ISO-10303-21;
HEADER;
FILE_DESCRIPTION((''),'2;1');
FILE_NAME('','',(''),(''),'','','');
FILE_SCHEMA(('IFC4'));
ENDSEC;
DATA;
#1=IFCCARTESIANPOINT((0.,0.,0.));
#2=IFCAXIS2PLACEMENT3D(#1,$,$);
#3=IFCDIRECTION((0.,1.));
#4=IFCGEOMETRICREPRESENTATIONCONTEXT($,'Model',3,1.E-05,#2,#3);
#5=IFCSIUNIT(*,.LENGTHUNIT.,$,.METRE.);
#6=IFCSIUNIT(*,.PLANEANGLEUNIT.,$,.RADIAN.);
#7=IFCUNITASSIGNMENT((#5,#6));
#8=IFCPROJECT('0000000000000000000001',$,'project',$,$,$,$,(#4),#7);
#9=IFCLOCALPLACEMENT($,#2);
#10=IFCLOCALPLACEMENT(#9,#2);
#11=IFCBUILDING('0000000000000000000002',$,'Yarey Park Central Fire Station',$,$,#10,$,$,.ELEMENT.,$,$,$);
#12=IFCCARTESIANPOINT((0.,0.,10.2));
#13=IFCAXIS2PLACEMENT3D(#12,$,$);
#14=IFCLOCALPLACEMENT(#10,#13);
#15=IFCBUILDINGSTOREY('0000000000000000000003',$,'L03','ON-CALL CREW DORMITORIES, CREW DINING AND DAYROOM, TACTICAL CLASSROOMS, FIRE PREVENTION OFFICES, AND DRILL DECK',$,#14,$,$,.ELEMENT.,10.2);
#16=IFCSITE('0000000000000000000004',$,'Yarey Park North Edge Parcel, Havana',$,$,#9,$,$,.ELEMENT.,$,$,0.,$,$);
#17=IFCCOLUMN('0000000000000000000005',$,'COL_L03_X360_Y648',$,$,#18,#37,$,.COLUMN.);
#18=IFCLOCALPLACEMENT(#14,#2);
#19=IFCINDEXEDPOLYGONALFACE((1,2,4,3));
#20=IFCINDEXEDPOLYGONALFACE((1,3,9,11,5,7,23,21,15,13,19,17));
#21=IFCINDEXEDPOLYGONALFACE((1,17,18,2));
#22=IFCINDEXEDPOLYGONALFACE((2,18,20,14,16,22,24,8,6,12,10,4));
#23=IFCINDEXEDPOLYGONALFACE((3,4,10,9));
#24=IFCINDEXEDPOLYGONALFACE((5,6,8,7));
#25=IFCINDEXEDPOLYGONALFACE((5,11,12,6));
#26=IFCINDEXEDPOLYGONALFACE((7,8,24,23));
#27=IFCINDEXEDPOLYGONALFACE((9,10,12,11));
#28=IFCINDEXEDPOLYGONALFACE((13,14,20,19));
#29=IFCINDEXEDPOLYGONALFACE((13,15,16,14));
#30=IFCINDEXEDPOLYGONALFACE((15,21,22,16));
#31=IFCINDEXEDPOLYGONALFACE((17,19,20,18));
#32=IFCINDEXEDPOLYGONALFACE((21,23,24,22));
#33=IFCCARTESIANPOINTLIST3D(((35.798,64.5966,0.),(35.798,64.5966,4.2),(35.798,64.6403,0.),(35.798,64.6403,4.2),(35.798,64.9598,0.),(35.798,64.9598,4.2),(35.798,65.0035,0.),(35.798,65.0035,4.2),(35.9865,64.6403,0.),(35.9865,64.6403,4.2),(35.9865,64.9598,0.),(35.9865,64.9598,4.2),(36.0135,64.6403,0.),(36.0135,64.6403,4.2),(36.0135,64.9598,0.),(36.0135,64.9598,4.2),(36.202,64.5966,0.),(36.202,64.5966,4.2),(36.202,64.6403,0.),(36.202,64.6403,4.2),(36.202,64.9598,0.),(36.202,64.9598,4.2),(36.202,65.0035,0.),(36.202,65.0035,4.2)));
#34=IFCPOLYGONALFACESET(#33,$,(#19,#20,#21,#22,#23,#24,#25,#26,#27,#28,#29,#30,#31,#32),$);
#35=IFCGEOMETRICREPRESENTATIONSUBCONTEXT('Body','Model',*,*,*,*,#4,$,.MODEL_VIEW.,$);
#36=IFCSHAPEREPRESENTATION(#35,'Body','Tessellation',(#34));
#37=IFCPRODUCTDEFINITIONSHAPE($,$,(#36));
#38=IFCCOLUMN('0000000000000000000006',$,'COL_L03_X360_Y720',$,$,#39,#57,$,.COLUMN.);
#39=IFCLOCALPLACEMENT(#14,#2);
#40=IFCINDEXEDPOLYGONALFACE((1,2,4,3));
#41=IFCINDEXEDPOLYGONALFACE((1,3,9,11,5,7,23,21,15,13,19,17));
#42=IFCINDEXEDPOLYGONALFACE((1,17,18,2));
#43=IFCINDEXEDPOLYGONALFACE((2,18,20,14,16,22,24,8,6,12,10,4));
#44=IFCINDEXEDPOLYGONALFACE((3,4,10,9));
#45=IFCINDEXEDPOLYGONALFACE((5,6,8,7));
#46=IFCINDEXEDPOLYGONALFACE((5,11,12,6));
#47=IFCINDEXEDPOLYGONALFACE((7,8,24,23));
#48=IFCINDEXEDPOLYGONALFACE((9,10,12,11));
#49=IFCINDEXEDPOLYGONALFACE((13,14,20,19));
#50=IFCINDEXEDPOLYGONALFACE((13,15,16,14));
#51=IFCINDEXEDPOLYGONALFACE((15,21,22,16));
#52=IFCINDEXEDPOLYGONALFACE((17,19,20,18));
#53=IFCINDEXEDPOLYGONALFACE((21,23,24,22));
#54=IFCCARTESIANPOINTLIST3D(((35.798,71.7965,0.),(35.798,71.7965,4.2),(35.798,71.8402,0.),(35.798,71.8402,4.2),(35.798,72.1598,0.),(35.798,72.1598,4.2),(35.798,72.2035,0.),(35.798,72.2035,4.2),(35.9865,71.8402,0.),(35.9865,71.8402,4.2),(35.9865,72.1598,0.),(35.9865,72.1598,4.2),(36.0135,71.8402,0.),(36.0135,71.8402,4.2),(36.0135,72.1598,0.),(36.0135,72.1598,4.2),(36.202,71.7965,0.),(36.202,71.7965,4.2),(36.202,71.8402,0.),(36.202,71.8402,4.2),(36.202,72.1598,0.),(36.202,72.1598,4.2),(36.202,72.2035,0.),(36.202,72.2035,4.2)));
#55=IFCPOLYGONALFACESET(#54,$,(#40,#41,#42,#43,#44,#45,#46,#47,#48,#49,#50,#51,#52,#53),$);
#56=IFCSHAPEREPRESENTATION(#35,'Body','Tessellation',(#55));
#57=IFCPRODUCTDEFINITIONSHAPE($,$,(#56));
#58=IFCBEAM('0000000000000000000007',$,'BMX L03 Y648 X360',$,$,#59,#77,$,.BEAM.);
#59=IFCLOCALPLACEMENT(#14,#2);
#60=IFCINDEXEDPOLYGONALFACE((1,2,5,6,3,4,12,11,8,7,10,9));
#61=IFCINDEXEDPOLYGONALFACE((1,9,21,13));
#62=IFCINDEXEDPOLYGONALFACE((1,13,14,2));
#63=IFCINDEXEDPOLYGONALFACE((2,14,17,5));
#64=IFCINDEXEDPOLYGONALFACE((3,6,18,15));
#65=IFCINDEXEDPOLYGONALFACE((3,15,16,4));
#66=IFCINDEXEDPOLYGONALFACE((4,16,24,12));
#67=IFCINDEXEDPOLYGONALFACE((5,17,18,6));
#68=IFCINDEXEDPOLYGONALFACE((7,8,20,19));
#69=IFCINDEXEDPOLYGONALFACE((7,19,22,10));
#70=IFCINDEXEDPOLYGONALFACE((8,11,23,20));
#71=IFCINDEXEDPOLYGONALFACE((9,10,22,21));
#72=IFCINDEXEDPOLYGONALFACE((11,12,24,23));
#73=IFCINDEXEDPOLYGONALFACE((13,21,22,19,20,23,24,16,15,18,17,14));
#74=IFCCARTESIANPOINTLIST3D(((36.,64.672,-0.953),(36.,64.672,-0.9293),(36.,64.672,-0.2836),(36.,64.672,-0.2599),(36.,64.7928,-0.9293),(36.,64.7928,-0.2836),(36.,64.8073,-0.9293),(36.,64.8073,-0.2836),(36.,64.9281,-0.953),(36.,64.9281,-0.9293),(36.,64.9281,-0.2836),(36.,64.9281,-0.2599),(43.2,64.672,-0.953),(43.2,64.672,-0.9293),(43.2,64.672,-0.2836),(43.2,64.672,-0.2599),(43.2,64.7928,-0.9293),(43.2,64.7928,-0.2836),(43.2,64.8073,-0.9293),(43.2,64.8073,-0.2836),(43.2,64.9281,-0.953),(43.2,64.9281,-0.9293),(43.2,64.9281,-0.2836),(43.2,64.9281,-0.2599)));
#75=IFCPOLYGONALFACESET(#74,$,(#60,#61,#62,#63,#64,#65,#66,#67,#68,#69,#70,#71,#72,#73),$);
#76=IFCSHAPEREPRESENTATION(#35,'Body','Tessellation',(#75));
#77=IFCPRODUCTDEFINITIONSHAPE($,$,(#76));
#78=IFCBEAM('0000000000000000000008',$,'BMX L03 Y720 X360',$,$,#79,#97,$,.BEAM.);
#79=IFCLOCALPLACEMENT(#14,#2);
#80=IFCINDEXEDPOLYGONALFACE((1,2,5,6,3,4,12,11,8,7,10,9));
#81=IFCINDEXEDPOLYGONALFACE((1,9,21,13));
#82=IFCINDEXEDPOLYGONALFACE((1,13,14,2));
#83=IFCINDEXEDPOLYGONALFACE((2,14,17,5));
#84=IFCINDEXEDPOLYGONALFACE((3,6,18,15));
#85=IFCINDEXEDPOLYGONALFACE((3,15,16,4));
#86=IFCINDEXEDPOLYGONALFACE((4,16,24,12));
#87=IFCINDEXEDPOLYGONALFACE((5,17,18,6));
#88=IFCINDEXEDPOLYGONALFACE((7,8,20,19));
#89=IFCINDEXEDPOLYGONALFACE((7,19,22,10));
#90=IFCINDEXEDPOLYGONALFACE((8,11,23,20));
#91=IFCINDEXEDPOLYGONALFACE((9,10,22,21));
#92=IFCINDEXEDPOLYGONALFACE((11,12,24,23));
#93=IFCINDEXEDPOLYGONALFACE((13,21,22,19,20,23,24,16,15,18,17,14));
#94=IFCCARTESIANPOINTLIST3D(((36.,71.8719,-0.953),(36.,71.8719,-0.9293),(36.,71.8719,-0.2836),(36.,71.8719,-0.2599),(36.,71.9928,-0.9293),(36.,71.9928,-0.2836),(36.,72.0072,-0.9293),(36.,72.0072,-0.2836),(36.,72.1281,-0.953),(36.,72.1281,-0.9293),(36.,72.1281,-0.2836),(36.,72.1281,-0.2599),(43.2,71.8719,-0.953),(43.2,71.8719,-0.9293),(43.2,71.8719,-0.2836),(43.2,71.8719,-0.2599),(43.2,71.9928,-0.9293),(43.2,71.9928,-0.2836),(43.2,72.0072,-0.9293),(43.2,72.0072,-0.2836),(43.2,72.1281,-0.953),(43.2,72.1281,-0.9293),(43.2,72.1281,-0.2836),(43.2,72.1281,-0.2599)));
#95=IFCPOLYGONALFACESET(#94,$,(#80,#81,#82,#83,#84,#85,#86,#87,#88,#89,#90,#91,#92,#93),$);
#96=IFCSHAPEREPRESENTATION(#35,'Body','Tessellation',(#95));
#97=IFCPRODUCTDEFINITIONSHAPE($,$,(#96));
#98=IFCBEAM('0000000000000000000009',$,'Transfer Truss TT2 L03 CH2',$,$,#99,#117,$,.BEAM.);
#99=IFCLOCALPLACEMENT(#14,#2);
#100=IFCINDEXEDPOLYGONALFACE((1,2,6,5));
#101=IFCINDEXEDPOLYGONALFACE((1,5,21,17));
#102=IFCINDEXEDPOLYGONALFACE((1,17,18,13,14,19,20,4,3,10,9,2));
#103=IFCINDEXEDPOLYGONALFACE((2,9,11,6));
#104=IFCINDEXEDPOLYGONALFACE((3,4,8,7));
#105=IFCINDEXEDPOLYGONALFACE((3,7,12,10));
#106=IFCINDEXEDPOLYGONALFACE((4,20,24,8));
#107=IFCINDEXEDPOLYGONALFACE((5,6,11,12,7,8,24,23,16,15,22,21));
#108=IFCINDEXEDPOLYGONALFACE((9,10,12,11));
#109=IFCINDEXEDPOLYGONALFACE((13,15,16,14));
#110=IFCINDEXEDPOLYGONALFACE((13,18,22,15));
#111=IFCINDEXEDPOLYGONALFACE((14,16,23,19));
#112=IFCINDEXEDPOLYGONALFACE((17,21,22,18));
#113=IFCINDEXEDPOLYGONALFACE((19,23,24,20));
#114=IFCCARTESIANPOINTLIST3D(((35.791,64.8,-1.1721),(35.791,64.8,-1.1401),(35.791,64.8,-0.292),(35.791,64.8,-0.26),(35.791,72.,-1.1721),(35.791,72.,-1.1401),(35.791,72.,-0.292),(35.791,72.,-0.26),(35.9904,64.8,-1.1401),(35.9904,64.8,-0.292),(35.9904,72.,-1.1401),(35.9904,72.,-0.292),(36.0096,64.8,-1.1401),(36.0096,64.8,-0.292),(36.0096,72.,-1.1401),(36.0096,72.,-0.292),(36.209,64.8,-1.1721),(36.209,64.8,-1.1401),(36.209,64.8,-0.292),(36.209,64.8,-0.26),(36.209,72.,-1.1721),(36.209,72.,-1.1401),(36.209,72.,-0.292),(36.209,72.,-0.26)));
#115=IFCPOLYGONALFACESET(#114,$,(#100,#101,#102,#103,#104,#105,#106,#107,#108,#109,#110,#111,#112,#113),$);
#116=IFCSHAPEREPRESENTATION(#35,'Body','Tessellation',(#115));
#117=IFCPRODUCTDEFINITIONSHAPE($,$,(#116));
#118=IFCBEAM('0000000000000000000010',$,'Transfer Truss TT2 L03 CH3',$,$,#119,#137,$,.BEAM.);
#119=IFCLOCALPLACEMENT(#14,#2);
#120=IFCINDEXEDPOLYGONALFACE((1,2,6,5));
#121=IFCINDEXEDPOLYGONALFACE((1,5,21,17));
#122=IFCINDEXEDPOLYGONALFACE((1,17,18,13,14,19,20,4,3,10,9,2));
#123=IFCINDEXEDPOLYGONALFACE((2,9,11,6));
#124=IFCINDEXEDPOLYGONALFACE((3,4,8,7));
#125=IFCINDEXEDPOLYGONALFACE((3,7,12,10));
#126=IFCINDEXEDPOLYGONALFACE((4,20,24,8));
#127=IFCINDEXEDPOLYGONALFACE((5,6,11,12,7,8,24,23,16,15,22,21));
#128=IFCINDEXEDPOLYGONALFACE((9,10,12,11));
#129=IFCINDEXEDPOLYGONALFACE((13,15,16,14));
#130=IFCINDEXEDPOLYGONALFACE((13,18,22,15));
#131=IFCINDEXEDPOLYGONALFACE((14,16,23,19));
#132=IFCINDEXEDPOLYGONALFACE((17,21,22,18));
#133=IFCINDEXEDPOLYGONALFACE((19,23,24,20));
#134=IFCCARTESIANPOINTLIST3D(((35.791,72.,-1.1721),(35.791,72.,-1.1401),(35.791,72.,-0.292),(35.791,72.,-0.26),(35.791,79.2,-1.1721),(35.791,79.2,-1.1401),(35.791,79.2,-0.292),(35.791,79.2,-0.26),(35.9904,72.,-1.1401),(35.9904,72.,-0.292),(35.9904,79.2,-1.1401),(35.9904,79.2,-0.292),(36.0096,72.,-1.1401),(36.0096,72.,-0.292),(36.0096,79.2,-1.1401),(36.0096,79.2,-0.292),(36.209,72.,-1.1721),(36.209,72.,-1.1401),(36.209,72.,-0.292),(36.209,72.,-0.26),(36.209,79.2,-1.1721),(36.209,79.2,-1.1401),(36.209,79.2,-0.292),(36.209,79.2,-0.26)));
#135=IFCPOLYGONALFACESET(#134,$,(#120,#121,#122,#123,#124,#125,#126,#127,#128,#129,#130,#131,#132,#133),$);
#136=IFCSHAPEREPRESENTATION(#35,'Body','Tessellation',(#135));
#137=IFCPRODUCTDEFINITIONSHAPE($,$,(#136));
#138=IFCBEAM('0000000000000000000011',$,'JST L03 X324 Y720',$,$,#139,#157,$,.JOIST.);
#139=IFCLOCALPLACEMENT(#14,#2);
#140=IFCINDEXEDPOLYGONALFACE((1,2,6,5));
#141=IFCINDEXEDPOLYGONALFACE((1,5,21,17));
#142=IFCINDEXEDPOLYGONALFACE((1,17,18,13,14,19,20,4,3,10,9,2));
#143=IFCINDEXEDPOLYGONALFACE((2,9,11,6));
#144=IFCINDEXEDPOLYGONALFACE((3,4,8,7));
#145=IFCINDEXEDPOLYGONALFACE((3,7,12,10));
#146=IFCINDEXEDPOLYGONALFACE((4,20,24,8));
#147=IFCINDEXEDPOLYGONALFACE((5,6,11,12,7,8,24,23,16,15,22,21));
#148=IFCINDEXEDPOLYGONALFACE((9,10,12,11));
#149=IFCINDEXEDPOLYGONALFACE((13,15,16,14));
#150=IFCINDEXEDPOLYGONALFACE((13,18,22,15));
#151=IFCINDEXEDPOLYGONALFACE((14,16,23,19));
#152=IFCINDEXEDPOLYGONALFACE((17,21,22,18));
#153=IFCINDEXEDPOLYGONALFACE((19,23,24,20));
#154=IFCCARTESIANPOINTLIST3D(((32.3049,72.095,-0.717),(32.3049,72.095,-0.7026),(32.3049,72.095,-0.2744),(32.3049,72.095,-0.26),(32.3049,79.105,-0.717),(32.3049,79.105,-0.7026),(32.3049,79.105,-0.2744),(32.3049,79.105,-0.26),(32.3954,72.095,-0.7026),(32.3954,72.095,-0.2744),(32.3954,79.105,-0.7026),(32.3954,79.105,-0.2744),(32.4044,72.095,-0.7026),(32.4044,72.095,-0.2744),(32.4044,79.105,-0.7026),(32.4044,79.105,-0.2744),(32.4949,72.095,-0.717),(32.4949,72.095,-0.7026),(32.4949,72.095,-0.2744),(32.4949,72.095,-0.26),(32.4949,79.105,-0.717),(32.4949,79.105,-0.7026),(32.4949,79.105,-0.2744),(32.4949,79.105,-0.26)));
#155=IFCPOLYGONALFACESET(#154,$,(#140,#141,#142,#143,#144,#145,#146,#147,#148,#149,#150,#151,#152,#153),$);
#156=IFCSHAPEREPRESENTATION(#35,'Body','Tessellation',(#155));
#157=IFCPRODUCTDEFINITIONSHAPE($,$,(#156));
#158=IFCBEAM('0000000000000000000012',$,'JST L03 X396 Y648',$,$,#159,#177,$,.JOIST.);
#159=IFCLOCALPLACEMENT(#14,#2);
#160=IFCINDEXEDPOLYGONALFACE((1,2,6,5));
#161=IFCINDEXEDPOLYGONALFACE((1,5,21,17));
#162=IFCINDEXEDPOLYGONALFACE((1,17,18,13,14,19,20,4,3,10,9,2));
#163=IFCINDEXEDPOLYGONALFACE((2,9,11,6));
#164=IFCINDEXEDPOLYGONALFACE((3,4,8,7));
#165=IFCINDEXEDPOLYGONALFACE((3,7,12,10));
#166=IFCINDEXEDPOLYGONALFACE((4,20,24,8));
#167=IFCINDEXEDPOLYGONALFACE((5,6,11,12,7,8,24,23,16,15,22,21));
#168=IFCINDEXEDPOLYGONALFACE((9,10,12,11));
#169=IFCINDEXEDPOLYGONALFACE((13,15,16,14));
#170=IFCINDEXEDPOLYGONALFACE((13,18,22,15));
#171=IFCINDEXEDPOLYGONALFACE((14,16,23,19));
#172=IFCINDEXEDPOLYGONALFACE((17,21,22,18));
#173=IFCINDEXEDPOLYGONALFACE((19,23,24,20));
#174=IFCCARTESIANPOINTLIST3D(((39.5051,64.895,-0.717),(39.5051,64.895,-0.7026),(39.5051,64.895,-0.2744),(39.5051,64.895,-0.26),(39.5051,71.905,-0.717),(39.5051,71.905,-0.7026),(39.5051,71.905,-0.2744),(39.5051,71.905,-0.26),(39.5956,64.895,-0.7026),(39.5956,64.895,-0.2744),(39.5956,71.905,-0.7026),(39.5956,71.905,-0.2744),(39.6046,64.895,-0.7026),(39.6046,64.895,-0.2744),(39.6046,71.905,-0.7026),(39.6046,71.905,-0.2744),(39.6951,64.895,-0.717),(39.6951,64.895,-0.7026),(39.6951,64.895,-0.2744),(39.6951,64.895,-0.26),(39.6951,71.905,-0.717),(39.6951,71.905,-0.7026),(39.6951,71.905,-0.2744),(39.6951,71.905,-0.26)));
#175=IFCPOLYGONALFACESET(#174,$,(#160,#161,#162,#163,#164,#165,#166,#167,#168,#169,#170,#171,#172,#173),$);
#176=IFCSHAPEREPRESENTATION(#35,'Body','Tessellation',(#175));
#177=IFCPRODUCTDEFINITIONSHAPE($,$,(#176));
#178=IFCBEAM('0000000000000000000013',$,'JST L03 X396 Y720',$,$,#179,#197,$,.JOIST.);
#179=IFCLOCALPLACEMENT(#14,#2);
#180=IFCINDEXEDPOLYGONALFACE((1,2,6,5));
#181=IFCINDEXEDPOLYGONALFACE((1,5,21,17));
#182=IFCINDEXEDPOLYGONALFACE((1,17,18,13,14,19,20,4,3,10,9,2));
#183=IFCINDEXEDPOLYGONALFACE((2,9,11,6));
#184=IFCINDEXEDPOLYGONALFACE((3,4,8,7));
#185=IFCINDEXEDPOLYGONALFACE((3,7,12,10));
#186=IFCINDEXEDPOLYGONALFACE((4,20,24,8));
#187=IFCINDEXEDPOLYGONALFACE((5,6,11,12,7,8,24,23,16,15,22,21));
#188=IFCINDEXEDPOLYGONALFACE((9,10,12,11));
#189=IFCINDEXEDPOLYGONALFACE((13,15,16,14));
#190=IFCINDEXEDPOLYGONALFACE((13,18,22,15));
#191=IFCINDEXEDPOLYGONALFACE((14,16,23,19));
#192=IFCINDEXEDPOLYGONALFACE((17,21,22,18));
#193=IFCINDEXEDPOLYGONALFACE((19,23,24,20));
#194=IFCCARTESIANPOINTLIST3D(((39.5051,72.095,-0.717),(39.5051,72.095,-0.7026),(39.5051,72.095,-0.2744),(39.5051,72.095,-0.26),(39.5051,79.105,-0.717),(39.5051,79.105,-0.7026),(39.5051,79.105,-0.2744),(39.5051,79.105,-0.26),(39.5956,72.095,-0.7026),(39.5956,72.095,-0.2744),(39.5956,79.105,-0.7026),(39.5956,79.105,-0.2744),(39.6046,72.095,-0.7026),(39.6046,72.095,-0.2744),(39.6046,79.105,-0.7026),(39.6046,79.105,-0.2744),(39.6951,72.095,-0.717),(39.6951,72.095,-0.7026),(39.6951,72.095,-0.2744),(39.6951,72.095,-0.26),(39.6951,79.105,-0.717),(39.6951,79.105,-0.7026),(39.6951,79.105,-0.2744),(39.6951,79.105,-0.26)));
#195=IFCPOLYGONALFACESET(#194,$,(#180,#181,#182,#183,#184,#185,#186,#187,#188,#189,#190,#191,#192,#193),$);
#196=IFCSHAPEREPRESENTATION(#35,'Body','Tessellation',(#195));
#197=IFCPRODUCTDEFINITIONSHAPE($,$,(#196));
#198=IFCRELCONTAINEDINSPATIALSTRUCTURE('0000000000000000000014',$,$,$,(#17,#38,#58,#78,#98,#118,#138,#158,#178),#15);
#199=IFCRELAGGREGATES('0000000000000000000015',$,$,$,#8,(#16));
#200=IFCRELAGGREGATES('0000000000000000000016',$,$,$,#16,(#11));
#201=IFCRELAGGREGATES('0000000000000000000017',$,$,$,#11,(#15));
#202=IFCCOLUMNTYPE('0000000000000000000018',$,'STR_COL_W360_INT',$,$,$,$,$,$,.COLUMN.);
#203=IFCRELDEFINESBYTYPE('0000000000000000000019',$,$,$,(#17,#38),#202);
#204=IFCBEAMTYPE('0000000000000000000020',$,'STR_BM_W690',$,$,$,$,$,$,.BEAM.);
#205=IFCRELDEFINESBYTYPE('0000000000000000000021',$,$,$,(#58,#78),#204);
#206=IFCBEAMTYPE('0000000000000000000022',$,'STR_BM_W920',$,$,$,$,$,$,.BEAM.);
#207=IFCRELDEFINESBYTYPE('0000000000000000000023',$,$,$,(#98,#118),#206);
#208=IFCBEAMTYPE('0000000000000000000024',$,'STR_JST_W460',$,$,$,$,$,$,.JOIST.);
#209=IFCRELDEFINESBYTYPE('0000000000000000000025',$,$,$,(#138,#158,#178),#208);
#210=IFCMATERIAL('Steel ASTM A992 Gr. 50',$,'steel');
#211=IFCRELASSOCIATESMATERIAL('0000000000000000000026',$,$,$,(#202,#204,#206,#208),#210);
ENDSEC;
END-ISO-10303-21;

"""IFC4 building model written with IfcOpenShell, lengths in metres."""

from ifc_helpers import new_model, si_unit, direction, frame, origin, origin_2d, place, context, subcontext, project, spatial, i_section, extrude, material, material_profile, profile_set, type_object, element, save


model = new_model("IFC4")

# Units and contexts
model_context = context("Model", 3, precision=1e-05, world=origin(), true_north=direction((0.0, 1.0)))
body_context = subcontext(model_context, "Body", "Model", "MODEL_VIEW")
ifc_project = project(units=[si_unit("LENGTHUNIT", "METRE"), si_unit("PLANEANGLEUNIT", "RADIAN")], contexts=[model_context])

# Site, building, storey
site_placement = place(None, origin())
site = spatial("IfcSite", under=ifc_project, at=site_placement, Name="Yarey Park North Edge Parcel, Havana", CompositionType="ELEMENT", RefElevation=0.0)
building_placement = place(site_placement, origin())
building = spatial("IfcBuilding", under=site, at=building_placement, Name="Yarey Park Central Fire Station", CompositionType="ELEMENT")
storey_placement = place(building_placement, frame((0.0, 0.0, 10.2)))
storey = spatial("IfcBuildingStorey", under=building, at=storey_placement, Name="L03", Description="ON-CALL CREW DORMITORIES, CREW DINING AND DAYROOM, TACTICAL CLASSROOMS, FIRE PREVENTION OFFICES, AND DRILL DECK", CompositionType="ELEMENT", Elevation=10.2)

# Columns
ifc_material_1 = material(Name="Steel ASTM A992 Gr. 50", Category="steel")
ifc_material_profile_1 = material_profile(ifc_material_1, i_section(OverallWidth=0.4041, OverallDepth=0.407, WebThickness=0.0271, FlangeThickness=0.0437, at=origin_2d()), Name="W360x347")
ifc_profile_set_1 = profile_set([ifc_material_profile_1], Name="Steel ASTM A992 Gr. 50")
column_type = type_object("IfcColumnType", Name="STR_COL_W360_INT", PredefinedType="COLUMN", material=ifc_profile_set_1)
for number, where, z_axis, x_axis, name in (
    (1, (36.0, 64.8, 0.0), (0.0, 0.0, 1.0), (1.0, 0.0, 0.0), "COL_L03_X360_Y648"),
    (2, (36.0, 72.0, 0.0), (0.0, 0.0, 1.0), (1.0, 0.0, 0.0), "COL_L03_X360_Y720"),
):
    element("IfcColumn", number, at=place(storey_placement, frame(where, z_axis=z_axis, x_axis=x_axis)), inside=storey, type_object=column_type, Name=name, PredefinedType="COLUMN", context=body_context, shape_type="SweptSolid", body=[
        extrude(i_section(OverallWidth=0.4041, OverallDepth=0.407, WebThickness=0.0271, FlangeThickness=0.0437, at=origin_2d()), origin(), (0.0, 0.0, 1.0), 4.2),
    ])

# Beams
ifc_material_profile_2 = material_profile(ifc_material_1, i_section(OverallWidth=0.2561, OverallDepth=0.6931, WebThickness=0.0144, FlangeThickness=0.0237, at=origin_2d()), Name="W690x170")
ifc_profile_set_2 = profile_set([ifc_material_profile_2], Name="Steel ASTM A992 Gr. 50")
beam_type_1 = type_object("IfcBeamType", Name="STR_BM_W690", PredefinedType="BEAM", material=ifc_profile_set_2)
for number, where, z_axis, x_axis, name in (
    (3, (36.0, 64.8, -0.6064), (1.0, 0.0, 0.0), (0.0, 1.0, 0.0), "BMX L03 Y648 X360"),
    (4, (36.0, 72.0, -0.6064), (1.0, 0.0, 0.0), (0.0, 1.0, 0.0), "BMX L03 Y720 X360"),
):
    element("IfcBeam", number, at=place(storey_placement, frame(where, z_axis=z_axis, x_axis=x_axis)), inside=storey, type_object=beam_type_1, Name=name, PredefinedType="BEAM", context=body_context, shape_type="SweptSolid", body=[
        extrude(i_section(OverallWidth=0.2561, OverallDepth=0.6931, WebThickness=0.0144, FlangeThickness=0.0237, at=origin_2d()), origin(), (0.0, 0.0, 1.0), 7.2),
    ])
ifc_material_profile_3 = material_profile(ifc_material_1, i_section(OverallWidth=0.418, OverallDepth=0.9121, WebThickness=0.0193, FlangeThickness=0.032, at=origin_2d()), Name="W920x342")
ifc_profile_set_3 = profile_set([ifc_material_profile_3], Name="Steel ASTM A992 Gr. 50")
beam_type_2 = type_object("IfcBeamType", Name="STR_BM_W920", PredefinedType="BEAM", material=ifc_profile_set_3)
for number, where, z_axis, x_axis, name in (
    (5, (36.0, 64.8, -0.7161), (0.0, 1.0, 0.0), (-1.0, 0.0, 0.0), "Transfer Truss TT2 L03 CH2"),
    (6, (36.0, 72.0, -0.7161), (0.0, 1.0, 0.0), (-1.0, 0.0, 0.0), "Transfer Truss TT2 L03 CH3"),
):
    element("IfcBeam", number, at=place(storey_placement, frame(where, z_axis=z_axis, x_axis=x_axis)), inside=storey, type_object=beam_type_2, Name=name, PredefinedType="BEAM", context=body_context, shape_type="SweptSolid", body=[
        extrude(i_section(OverallWidth=0.418, OverallDepth=0.9121, WebThickness=0.0193, FlangeThickness=0.032, at=origin_2d()), origin(), (0.0, 0.0, 1.0), 7.2),
    ])
ifc_material_profile_4 = material_profile(ifc_material_1, i_section(OverallWidth=0.1899, OverallDepth=0.457, WebThickness=0.009, FlangeThickness=0.0144, at=origin_2d()), Name="W460x74")
ifc_profile_set_4 = profile_set([ifc_material_profile_4], Name="Steel ASTM A992 Gr. 50")
beam_type_3 = type_object("IfcBeamType", Name="STR_JST_W460", PredefinedType="JOIST", material=ifc_profile_set_4)
for number, where, z_axis, x_axis, name in (
    (7, (32.3999, 72.095, -0.4885), (0.0, 1.0, 0.0), (-1.0, 0.0, 0.0), "JST L03 X324 Y720"),
    (8, (39.6001, 64.895, -0.4885), (0.0, 1.0, 0.0), (-1.0, 0.0, 0.0), "JST L03 X396 Y648"),
    (9, (39.6001, 72.095, -0.4885), (0.0, 1.0, 0.0), (-1.0, 0.0, 0.0), "JST L03 X396 Y720"),
):
    element("IfcBeam", number, at=place(storey_placement, frame(where, z_axis=z_axis, x_axis=x_axis)), inside=storey, type_object=beam_type_3, Name=name, PredefinedType="JOIST", context=body_context, shape_type="SweptSolid", body=[
        extrude(i_section(OverallWidth=0.1899, OverallDepth=0.457, WebThickness=0.009, FlangeThickness=0.0144, at=origin_2d()), origin(), (0.0, 0.0, 1.0), 7.01),
    ])

save(model, "model.ifc")
